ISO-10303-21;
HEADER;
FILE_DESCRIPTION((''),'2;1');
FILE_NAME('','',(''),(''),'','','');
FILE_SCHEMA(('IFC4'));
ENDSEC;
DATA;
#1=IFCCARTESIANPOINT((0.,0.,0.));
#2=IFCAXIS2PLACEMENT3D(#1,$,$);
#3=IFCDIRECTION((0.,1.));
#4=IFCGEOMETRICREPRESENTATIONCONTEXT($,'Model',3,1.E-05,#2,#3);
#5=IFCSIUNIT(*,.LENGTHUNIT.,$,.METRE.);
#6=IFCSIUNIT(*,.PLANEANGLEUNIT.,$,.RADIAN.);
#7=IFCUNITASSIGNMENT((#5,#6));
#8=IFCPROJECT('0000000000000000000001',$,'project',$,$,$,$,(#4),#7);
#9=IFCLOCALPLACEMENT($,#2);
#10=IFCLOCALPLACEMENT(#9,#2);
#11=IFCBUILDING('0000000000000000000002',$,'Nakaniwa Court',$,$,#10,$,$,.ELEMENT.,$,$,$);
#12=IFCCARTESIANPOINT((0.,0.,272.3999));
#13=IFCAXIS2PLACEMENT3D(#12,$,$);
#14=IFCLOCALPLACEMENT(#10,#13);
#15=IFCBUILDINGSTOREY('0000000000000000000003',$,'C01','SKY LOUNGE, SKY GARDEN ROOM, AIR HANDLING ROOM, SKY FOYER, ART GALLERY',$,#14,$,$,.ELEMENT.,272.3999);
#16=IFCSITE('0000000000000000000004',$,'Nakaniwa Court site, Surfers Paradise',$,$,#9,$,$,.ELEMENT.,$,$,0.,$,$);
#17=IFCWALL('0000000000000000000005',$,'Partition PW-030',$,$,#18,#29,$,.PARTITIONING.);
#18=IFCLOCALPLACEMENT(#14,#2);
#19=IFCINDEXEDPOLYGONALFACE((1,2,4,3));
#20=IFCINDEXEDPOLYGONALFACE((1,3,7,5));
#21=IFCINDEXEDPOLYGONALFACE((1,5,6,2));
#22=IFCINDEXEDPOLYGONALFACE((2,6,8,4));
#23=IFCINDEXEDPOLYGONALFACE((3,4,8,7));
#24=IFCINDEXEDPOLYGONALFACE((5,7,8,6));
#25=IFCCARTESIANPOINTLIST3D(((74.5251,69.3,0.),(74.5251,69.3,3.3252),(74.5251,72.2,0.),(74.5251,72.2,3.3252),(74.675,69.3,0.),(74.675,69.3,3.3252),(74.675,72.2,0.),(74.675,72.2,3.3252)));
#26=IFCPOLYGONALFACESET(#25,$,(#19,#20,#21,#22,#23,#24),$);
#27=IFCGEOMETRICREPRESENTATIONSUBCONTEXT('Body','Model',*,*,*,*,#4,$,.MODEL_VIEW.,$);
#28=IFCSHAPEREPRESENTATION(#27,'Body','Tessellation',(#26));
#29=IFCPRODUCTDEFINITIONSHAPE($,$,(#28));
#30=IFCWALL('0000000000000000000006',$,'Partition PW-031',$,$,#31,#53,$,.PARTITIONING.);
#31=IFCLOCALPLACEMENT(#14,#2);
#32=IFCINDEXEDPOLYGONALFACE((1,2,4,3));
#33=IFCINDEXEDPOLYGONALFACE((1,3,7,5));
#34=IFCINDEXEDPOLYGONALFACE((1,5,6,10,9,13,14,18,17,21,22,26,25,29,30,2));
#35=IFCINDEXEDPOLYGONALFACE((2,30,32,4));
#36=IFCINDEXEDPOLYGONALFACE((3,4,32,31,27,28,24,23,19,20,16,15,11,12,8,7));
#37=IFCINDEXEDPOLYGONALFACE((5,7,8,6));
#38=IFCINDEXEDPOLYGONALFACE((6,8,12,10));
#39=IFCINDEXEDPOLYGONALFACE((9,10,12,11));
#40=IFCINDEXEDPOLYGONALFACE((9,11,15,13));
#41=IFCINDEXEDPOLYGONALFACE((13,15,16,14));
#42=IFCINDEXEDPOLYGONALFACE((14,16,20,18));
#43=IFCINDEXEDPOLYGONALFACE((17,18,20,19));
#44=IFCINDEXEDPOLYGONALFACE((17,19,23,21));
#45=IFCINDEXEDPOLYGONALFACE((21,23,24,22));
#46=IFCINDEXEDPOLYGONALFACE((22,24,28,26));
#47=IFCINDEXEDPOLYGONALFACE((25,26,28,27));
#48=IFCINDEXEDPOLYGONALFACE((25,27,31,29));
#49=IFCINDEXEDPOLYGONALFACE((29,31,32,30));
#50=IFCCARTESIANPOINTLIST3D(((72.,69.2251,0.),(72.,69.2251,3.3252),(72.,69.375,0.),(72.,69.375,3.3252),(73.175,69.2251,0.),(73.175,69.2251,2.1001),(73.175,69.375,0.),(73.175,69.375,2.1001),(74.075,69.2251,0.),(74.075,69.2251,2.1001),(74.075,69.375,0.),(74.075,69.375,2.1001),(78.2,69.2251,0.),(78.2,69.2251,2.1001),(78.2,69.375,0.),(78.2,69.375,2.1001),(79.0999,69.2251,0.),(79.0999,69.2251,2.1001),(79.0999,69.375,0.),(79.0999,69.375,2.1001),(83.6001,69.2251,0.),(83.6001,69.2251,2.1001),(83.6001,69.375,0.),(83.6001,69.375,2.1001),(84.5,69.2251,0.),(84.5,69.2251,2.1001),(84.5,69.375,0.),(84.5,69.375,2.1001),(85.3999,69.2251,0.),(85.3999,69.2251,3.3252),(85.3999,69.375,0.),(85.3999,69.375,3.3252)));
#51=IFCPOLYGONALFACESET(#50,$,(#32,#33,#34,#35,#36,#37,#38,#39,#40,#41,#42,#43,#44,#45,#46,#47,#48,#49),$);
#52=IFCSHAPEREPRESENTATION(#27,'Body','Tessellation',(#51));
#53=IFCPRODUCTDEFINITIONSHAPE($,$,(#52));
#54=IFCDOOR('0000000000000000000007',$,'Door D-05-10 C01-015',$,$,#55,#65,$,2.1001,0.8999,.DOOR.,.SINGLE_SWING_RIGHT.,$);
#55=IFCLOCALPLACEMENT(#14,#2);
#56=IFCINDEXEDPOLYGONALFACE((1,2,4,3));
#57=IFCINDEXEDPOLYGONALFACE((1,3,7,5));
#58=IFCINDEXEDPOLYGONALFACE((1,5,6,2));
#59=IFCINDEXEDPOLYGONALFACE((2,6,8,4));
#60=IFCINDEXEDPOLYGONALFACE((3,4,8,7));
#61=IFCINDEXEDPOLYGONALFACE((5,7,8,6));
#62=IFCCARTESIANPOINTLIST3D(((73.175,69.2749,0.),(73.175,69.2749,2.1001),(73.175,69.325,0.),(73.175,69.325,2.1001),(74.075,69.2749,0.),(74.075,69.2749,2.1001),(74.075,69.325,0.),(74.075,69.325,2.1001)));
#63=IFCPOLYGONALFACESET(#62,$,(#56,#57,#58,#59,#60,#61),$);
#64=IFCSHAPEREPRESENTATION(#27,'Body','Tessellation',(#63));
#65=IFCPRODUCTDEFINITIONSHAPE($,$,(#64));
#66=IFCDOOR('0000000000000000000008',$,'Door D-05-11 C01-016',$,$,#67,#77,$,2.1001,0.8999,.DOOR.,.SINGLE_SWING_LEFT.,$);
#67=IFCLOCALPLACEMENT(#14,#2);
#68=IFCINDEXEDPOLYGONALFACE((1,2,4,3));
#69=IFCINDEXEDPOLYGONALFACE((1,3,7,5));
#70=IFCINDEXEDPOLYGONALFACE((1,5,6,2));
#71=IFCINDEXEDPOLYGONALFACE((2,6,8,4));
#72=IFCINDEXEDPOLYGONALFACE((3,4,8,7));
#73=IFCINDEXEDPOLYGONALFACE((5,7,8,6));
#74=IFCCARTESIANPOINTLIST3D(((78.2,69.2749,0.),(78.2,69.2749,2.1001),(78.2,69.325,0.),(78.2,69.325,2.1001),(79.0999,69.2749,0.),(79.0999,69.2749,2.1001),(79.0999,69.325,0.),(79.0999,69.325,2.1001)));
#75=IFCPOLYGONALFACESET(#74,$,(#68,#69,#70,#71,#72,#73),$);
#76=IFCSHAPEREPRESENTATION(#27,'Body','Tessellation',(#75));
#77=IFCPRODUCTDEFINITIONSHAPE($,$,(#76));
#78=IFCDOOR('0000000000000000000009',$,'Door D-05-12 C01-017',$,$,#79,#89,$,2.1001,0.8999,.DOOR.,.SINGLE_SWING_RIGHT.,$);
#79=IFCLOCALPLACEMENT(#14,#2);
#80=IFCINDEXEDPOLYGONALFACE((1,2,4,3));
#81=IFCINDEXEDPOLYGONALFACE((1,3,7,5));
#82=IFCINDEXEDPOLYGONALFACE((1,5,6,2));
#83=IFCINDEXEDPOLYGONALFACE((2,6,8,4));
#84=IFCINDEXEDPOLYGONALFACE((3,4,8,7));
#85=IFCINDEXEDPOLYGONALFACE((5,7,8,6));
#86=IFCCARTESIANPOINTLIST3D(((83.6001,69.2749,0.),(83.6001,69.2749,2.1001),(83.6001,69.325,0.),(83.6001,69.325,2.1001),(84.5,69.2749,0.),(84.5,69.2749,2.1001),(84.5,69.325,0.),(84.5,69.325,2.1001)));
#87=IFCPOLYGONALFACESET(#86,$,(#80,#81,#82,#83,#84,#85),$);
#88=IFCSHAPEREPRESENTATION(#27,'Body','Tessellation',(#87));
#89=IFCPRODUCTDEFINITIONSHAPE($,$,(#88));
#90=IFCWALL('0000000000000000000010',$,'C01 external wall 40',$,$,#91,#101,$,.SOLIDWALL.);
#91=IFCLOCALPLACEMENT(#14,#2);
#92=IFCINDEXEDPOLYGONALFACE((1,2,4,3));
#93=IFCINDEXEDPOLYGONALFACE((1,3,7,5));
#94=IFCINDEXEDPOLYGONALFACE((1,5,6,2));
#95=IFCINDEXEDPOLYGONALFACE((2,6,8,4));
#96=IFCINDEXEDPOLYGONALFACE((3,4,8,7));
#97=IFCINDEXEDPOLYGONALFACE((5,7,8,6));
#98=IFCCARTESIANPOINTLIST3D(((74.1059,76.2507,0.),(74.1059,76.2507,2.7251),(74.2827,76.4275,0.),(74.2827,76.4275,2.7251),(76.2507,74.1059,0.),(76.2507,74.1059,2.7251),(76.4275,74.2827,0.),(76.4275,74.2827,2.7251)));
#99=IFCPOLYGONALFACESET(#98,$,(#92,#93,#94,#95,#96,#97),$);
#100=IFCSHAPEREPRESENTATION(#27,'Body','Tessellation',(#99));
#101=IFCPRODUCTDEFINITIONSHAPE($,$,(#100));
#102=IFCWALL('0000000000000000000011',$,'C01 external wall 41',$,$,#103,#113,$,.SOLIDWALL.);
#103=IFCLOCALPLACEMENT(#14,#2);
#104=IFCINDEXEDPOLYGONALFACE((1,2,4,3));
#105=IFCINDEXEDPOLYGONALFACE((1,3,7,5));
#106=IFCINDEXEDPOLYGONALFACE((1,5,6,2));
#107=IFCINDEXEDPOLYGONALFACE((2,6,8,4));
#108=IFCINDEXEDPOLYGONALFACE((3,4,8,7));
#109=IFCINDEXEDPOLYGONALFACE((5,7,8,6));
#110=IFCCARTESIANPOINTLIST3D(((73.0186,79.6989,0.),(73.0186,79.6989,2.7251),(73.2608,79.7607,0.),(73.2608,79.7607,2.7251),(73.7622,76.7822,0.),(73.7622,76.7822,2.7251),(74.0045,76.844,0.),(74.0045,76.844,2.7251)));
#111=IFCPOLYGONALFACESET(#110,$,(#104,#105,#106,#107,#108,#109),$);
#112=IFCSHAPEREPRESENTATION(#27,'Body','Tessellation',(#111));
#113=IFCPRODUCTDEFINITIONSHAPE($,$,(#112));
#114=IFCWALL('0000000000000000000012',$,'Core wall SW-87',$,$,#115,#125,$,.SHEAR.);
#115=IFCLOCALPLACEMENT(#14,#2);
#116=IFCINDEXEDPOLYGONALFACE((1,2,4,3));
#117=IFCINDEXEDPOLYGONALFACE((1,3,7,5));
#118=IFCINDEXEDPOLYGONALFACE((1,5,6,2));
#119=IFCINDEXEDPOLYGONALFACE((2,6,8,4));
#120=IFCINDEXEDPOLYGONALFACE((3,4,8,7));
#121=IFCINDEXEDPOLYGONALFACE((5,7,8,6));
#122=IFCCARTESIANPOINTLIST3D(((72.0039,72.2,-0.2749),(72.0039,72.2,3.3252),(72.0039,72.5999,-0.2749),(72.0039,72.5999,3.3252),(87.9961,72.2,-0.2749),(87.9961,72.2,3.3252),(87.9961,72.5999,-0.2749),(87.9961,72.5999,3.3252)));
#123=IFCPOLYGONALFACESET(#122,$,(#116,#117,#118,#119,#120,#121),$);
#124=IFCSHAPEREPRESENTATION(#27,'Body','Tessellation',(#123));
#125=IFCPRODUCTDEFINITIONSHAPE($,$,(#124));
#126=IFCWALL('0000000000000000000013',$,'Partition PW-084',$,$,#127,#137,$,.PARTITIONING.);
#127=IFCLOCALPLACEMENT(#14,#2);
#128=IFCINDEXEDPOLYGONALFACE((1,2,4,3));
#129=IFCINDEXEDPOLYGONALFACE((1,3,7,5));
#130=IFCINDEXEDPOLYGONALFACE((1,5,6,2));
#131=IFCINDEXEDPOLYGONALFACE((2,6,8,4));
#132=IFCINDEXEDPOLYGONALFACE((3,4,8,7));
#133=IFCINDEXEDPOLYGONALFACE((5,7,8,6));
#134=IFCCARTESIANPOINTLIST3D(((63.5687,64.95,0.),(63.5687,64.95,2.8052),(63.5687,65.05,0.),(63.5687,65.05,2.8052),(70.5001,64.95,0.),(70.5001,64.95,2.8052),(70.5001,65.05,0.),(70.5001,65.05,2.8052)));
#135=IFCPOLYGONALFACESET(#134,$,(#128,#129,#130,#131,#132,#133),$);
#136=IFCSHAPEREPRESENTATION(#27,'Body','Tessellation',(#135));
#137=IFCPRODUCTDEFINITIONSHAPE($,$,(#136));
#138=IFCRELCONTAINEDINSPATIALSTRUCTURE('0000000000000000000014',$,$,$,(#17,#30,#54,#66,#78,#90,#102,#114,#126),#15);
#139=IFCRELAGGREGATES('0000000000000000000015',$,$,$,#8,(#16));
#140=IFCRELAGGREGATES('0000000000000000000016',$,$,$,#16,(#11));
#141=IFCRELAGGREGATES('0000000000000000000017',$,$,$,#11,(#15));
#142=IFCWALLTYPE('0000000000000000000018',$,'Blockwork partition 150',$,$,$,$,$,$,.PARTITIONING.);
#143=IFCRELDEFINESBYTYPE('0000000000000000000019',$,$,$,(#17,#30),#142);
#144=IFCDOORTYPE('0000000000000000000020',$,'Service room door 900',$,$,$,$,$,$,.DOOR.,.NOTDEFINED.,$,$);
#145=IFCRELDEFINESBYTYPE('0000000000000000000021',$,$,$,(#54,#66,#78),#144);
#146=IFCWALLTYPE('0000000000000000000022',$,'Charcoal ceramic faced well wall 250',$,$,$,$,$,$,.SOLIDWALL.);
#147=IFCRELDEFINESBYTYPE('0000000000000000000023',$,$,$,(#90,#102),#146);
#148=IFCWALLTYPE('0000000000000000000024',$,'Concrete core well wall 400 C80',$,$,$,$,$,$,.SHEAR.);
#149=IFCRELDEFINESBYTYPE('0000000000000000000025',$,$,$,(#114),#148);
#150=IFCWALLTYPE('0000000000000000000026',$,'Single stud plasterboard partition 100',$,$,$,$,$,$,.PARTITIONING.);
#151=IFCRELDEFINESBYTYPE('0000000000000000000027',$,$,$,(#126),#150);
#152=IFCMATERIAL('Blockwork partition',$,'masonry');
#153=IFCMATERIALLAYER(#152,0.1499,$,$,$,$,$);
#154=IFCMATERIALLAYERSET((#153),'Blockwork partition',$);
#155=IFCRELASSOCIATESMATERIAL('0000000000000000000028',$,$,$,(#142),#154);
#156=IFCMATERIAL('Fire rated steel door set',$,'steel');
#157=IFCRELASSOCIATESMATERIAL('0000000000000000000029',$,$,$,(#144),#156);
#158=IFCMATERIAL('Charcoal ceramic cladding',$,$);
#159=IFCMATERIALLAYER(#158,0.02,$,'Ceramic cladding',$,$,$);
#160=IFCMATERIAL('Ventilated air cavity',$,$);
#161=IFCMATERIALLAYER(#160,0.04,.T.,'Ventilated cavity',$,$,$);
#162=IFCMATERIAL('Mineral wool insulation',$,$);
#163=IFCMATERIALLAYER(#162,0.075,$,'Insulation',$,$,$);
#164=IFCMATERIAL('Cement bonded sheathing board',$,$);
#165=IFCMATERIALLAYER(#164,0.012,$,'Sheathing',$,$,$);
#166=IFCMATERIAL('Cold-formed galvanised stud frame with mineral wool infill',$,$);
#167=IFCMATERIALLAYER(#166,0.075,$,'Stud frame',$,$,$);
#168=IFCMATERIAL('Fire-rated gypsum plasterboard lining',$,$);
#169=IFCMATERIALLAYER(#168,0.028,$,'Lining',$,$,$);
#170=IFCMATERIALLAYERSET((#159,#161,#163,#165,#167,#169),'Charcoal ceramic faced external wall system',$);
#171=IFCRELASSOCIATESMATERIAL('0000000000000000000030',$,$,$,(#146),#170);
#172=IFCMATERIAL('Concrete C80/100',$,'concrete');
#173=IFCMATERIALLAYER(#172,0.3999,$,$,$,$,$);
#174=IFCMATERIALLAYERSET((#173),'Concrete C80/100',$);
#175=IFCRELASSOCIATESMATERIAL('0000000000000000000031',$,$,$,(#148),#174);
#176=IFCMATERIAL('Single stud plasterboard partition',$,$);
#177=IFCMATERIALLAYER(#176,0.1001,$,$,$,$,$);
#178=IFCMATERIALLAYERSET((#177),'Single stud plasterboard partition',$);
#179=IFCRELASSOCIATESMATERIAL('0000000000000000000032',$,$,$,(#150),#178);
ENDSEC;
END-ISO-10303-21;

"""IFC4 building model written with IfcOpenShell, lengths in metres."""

from ifc_helpers import new_model, si_unit, direction, frame, frame_2d, origin, place, context, subcontext, project, spatial, rectangle, extrude, material, layer, layer_set, type_object, element, fill, save


model = new_model("IFC4")

# Units and contexts
model_context = context("Model", 3, precision=1e-05, world=origin(), true_north=direction((0.0, 1.0)))
body_context = subcontext(model_context, "Body", "Model", "MODEL_VIEW")
ifc_project = project(units=[si_unit("LENGTHUNIT", "METRE"), si_unit("PLANEANGLEUNIT", "RADIAN")], contexts=[model_context])

# Site, building, storey
site_placement = place(None, origin())
site = spatial("IfcSite", under=ifc_project, at=site_placement, Name="Nakaniwa Court site, Surfers Paradise", CompositionType="ELEMENT", RefElevation=0.0)
building_placement = place(site_placement, origin())
building = spatial("IfcBuilding", under=site, at=building_placement, Name="Nakaniwa Court", CompositionType="ELEMENT")
storey_placement = place(building_placement, frame((0.0, 0.0, 272.3999)))
storey = spatial("IfcBuildingStorey", under=building, at=storey_placement, Name="C01", Description="SKY LOUNGE, SKY GARDEN ROOM, AIR HANDLING ROOM, SKY FOYER, ART GALLERY", CompositionType="ELEMENT", Elevation=272.3999)

# Shared definitions
ifc_material_1 = material(Name="Concrete C80/100", Category="concrete")

# Shared definitions
ifc_material_2 = material(Name="Charcoal ceramic cladding")
ifc_material_3 = material(Name="Ventilated air cavity")
ifc_material_4 = material(Name="Mineral wool insulation")
ifc_material_5 = material(Name="Cement bonded sheathing board")
ifc_material_6 = material(Name="Cold-formed galvanised stud frame with mineral wool infill")
ifc_material_7 = material(Name="Fire-rated gypsum plasterboard lining")

# Wall
ifc_material_8 = material(Name="Blockwork partition", Category="masonry")
ifc_layer_1 = layer(ifc_material_8, 0.1499)
ifc_layer_set_1 = layer_set([ifc_layer_1], Name="Blockwork partition")
wall_type_1 = type_object("IfcWallType", Name="Blockwork partition 150", PredefinedType="PARTITIONING", material=ifc_layer_set_1)
wall_1_placement = place(storey_placement, frame((74.6001, 69.3, 0.0), z_axis=(0.0, 0.0, 1.0), x_axis=(0.0, 1.0, 0.0)))
element("IfcWall", 1, at=wall_1_placement, inside=storey, type_object=wall_type_1, Name="Partition PW-030", PredefinedType="PARTITIONING", context=body_context, shape_type="SweptSolid", body=[
    extrude(rectangle(XDim=2.8999, YDim=0.1499, at=frame_2d((1.45, 0.0))), origin(), (0.0, 0.0, 1.0), 3.3252),
])

# Wall, openings, doors
wall_2_placement = place(storey_placement, frame((72.0, 69.3, 0.0), z_axis=(0.0, 0.0, 1.0), x_axis=(1.0, 0.0, 0.0)))
wall_2 = element("IfcWall", 2, at=wall_2_placement, inside=storey, type_object=wall_type_1, Name="Partition PW-031", PredefinedType="PARTITIONING", context=body_context, shape_type="SweptSolid", body=[
    extrude(rectangle(XDim=13.3999, YDim=0.1499, at=frame_2d((6.7, 0.0))), origin(), (0.0, 0.0, 1.0), 3.3252),
])
opening_1_placement = place(wall_2_placement, frame((1.175, 0.0, 0.0)))
opening_1 = element("IfcOpeningElement", 3, at=opening_1_placement, cuts=wall_2, PredefinedType="OPENING", context=body_context, shape_type="SweptSolid", body=[
    extrude(rectangle(XDim=0.8999, YDim=2.1001, at=frame_2d((0.45, 1.05))), frame((0.0, 0.085, 0.0), z_axis=(0.0, -1.0, 0.0), x_axis=(1.0, 0.0, 0.0)), (0.0, 0.0, 1.0), 0.1699),
])
opening_2_placement = place(wall_2_placement, frame((6.2, 0.0, 0.0)))
opening_2 = element("IfcOpeningElement", 4, at=opening_2_placement, cuts=wall_2, PredefinedType="OPENING", context=body_context, shape_type="SweptSolid", body=[
    extrude(rectangle(XDim=0.8999, YDim=2.1001, at=frame_2d((0.45, 1.05))), frame((0.0, 0.085, 0.0), z_axis=(0.0, -1.0, 0.0), x_axis=(1.0, 0.0, 0.0)), (0.0, 0.0, 1.0), 0.1699),
])
opening_3_placement = place(wall_2_placement, frame((11.6001, 0.0, 0.0)))
opening_3 = element("IfcOpeningElement", 5, at=opening_3_placement, cuts=wall_2, PredefinedType="OPENING", context=body_context, shape_type="SweptSolid", body=[
    extrude(rectangle(XDim=0.8999, YDim=2.1001, at=frame_2d((0.45, 1.05))), frame((0.0, 0.085, 0.0), z_axis=(0.0, -1.0, 0.0), x_axis=(1.0, 0.0, 0.0)), (0.0, 0.0, 1.0), 0.1699),
])
ifc_material_9 = material(Name="Fire rated steel door set", Category="steel")
door_type_1 = type_object("IfcDoorType", Name="Service room door 900", OperationType="NOTDEFINED", PredefinedType="DOOR", material=ifc_material_9)
door_1_placement = place(opening_1_placement, origin())
door_1 = element("IfcDoor", 6, at=door_1_placement, inside=storey, type_object=door_type_1, Name="Door D-05-10 C01-015", OperationType="SINGLE_SWING_RIGHT", OverallHeight=2.1001, OverallWidth=0.8999, PredefinedType="DOOR", context=body_context, shape_type="SweptSolid", body=[
    extrude(rectangle(XDim=0.8999, YDim=2.1001, at=frame_2d((0.45, 1.05))), frame((0.0, 0.0249, 0.0), z_axis=(0.0, -1.0, 0.0), x_axis=(1.0, 0.0, 0.0)), (0.0, 0.0, 1.0), 0.05),
])
fill(opening_1, door_1)
door_2_placement = place(opening_2_placement, origin())
door_2 = element("IfcDoor", 7, at=door_2_placement, inside=storey, type_object=door_type_1, Name="Door D-05-11 C01-016", OperationType="SINGLE_SWING_LEFT", OverallHeight=2.1001, OverallWidth=0.8999, PredefinedType="DOOR", context=body_context, shape_type="SweptSolid", body=[
    extrude(rectangle(XDim=0.8999, YDim=2.1001, at=frame_2d((0.45, 1.05))), frame((0.0, 0.0249, 0.0), z_axis=(0.0, -1.0, 0.0), x_axis=(1.0, 0.0, 0.0)), (0.0, 0.0, 1.0), 0.05),
])
fill(opening_2, door_2)
door_3_placement = place(opening_3_placement, origin())
door_3 = element("IfcDoor", 8, at=door_3_placement, inside=storey, type_object=door_type_1, Name="Door D-05-12 C01-017", OperationType="SINGLE_SWING_RIGHT", OverallHeight=2.1001, OverallWidth=0.8999, PredefinedType="DOOR", context=body_context, shape_type="SweptSolid", body=[
    extrude(rectangle(XDim=0.8999, YDim=2.1001, at=frame_2d((0.45, 1.05))), frame((0.0, 0.0249, 0.0), z_axis=(0.0, -1.0, 0.0), x_axis=(1.0, 0.0, 0.0)), (0.0, 0.0, 1.0), 0.05),
])
fill(opening_3, door_3)

# Walls
ifc_layer_2 = layer(ifc_material_2, 0.02, Name="Ceramic cladding")
ifc_layer_3 = layer(ifc_material_3, 0.04, ventilated=True, Name="Ventilated cavity")
ifc_layer_4 = layer(ifc_material_4, 0.075, Name="Insulation")
ifc_layer_5 = layer(ifc_material_5, 0.012, Name="Sheathing")
ifc_layer_6 = layer(ifc_material_6, 0.075, Name="Stud frame")
ifc_layer_7 = layer(ifc_material_7, 0.028, Name="Lining")
ifc_layer_set_2 = layer_set([ifc_layer_2, ifc_layer_3, ifc_layer_4, ifc_layer_5, ifc_layer_6, ifc_layer_7], Name="Charcoal ceramic faced external wall system")
wall_type_2 = type_object("IfcWallType", Name="Charcoal ceramic faced well wall 250", PredefinedType="SOLIDWALL", material=ifc_layer_set_2)
wall_3_placement = place(storey_placement, frame((76.3391, 74.1943, 0.0), z_axis=(0.0, 0.0, 1.0), x_axis=(-0.707107, 0.707107, 0.0)))
element("IfcWall", 9, at=wall_3_placement, inside=storey, type_object=wall_type_2, Name="C01 external wall 40", PredefinedType="SOLIDWALL", context=body_context, shape_type="SweptSolid", body=[
    extrude(rectangle(XDim=3.0332, YDim=0.25, at=frame_2d((1.5166, 0.0))), origin(), (0.0, 0.0, 1.0), 2.7251),
])
wall_4_placement = place(storey_placement, frame((73.8833, 76.8132, 0.0), z_axis=(0.0, 0.0, 1.0), x_axis=(-0.247056, 0.969001, 0.0)))
element("IfcWall", 10, at=wall_4_placement, inside=storey, type_object=wall_type_2, Name="C01 external wall 41", PredefinedType="SOLIDWALL", context=body_context, shape_type="SweptSolid", body=[
    extrude(rectangle(XDim=3.01, YDim=0.25, at=frame_2d((1.5049, 0.0))), origin(), (0.0, 0.0, 1.0), 2.7251),
])
ifc_layer_8 = layer(ifc_material_1, 0.3999)
ifc_layer_set_3 = layer_set([ifc_layer_8], Name="Concrete C80/100")
wall_type_3 = type_object("IfcWallType", Name="Concrete core well wall 400 C80", PredefinedType="SHEAR", material=ifc_layer_set_3)
wall_5_placement = place(storey_placement, frame((72.0039, 72.3999, -0.2749), z_axis=(0.0, 0.0, 1.0), x_axis=(1.0, 0.0, 0.0)))
element("IfcWall", 11, at=wall_5_placement, inside=storey, type_object=wall_type_3, Name="Core wall SW-87", PredefinedType="SHEAR", context=body_context, shape_type="SweptSolid", body=[
    extrude(rectangle(XDim=15.9922, YDim=0.3999, at=frame_2d((7.9961, 0.0))), origin(), (0.0, 0.0, 1.0), 3.6001),
])
ifc_material_10 = material(Name="Single stud plasterboard partition")
ifc_layer_9 = layer(ifc_material_10, 0.1001)
ifc_layer_set_4 = layer_set([ifc_layer_9], Name="Single stud plasterboard partition")
wall_type_4 = type_object("IfcWallType", Name="Single stud plasterboard partition 100", PredefinedType="PARTITIONING", material=ifc_layer_set_4)
wall_6_placement = place(storey_placement, frame((63.5686, 65.0, 0.0), z_axis=(0.0, 0.0, 1.0), x_axis=(1.0, 0.0, 0.0)))
element("IfcWall", 12, at=wall_6_placement, inside=storey, type_object=wall_type_4, Name="Partition PW-084", PredefinedType="PARTITIONING", context=body_context, shape_type="SweptSolid", body=[
    extrude(rectangle(XDim=6.9314, YDim=0.1001, at=frame_2d((3.4658, 0.0))), origin(), (0.0, 0.0, 1.0), 2.8052),
])

save(model, "model.ifc")
